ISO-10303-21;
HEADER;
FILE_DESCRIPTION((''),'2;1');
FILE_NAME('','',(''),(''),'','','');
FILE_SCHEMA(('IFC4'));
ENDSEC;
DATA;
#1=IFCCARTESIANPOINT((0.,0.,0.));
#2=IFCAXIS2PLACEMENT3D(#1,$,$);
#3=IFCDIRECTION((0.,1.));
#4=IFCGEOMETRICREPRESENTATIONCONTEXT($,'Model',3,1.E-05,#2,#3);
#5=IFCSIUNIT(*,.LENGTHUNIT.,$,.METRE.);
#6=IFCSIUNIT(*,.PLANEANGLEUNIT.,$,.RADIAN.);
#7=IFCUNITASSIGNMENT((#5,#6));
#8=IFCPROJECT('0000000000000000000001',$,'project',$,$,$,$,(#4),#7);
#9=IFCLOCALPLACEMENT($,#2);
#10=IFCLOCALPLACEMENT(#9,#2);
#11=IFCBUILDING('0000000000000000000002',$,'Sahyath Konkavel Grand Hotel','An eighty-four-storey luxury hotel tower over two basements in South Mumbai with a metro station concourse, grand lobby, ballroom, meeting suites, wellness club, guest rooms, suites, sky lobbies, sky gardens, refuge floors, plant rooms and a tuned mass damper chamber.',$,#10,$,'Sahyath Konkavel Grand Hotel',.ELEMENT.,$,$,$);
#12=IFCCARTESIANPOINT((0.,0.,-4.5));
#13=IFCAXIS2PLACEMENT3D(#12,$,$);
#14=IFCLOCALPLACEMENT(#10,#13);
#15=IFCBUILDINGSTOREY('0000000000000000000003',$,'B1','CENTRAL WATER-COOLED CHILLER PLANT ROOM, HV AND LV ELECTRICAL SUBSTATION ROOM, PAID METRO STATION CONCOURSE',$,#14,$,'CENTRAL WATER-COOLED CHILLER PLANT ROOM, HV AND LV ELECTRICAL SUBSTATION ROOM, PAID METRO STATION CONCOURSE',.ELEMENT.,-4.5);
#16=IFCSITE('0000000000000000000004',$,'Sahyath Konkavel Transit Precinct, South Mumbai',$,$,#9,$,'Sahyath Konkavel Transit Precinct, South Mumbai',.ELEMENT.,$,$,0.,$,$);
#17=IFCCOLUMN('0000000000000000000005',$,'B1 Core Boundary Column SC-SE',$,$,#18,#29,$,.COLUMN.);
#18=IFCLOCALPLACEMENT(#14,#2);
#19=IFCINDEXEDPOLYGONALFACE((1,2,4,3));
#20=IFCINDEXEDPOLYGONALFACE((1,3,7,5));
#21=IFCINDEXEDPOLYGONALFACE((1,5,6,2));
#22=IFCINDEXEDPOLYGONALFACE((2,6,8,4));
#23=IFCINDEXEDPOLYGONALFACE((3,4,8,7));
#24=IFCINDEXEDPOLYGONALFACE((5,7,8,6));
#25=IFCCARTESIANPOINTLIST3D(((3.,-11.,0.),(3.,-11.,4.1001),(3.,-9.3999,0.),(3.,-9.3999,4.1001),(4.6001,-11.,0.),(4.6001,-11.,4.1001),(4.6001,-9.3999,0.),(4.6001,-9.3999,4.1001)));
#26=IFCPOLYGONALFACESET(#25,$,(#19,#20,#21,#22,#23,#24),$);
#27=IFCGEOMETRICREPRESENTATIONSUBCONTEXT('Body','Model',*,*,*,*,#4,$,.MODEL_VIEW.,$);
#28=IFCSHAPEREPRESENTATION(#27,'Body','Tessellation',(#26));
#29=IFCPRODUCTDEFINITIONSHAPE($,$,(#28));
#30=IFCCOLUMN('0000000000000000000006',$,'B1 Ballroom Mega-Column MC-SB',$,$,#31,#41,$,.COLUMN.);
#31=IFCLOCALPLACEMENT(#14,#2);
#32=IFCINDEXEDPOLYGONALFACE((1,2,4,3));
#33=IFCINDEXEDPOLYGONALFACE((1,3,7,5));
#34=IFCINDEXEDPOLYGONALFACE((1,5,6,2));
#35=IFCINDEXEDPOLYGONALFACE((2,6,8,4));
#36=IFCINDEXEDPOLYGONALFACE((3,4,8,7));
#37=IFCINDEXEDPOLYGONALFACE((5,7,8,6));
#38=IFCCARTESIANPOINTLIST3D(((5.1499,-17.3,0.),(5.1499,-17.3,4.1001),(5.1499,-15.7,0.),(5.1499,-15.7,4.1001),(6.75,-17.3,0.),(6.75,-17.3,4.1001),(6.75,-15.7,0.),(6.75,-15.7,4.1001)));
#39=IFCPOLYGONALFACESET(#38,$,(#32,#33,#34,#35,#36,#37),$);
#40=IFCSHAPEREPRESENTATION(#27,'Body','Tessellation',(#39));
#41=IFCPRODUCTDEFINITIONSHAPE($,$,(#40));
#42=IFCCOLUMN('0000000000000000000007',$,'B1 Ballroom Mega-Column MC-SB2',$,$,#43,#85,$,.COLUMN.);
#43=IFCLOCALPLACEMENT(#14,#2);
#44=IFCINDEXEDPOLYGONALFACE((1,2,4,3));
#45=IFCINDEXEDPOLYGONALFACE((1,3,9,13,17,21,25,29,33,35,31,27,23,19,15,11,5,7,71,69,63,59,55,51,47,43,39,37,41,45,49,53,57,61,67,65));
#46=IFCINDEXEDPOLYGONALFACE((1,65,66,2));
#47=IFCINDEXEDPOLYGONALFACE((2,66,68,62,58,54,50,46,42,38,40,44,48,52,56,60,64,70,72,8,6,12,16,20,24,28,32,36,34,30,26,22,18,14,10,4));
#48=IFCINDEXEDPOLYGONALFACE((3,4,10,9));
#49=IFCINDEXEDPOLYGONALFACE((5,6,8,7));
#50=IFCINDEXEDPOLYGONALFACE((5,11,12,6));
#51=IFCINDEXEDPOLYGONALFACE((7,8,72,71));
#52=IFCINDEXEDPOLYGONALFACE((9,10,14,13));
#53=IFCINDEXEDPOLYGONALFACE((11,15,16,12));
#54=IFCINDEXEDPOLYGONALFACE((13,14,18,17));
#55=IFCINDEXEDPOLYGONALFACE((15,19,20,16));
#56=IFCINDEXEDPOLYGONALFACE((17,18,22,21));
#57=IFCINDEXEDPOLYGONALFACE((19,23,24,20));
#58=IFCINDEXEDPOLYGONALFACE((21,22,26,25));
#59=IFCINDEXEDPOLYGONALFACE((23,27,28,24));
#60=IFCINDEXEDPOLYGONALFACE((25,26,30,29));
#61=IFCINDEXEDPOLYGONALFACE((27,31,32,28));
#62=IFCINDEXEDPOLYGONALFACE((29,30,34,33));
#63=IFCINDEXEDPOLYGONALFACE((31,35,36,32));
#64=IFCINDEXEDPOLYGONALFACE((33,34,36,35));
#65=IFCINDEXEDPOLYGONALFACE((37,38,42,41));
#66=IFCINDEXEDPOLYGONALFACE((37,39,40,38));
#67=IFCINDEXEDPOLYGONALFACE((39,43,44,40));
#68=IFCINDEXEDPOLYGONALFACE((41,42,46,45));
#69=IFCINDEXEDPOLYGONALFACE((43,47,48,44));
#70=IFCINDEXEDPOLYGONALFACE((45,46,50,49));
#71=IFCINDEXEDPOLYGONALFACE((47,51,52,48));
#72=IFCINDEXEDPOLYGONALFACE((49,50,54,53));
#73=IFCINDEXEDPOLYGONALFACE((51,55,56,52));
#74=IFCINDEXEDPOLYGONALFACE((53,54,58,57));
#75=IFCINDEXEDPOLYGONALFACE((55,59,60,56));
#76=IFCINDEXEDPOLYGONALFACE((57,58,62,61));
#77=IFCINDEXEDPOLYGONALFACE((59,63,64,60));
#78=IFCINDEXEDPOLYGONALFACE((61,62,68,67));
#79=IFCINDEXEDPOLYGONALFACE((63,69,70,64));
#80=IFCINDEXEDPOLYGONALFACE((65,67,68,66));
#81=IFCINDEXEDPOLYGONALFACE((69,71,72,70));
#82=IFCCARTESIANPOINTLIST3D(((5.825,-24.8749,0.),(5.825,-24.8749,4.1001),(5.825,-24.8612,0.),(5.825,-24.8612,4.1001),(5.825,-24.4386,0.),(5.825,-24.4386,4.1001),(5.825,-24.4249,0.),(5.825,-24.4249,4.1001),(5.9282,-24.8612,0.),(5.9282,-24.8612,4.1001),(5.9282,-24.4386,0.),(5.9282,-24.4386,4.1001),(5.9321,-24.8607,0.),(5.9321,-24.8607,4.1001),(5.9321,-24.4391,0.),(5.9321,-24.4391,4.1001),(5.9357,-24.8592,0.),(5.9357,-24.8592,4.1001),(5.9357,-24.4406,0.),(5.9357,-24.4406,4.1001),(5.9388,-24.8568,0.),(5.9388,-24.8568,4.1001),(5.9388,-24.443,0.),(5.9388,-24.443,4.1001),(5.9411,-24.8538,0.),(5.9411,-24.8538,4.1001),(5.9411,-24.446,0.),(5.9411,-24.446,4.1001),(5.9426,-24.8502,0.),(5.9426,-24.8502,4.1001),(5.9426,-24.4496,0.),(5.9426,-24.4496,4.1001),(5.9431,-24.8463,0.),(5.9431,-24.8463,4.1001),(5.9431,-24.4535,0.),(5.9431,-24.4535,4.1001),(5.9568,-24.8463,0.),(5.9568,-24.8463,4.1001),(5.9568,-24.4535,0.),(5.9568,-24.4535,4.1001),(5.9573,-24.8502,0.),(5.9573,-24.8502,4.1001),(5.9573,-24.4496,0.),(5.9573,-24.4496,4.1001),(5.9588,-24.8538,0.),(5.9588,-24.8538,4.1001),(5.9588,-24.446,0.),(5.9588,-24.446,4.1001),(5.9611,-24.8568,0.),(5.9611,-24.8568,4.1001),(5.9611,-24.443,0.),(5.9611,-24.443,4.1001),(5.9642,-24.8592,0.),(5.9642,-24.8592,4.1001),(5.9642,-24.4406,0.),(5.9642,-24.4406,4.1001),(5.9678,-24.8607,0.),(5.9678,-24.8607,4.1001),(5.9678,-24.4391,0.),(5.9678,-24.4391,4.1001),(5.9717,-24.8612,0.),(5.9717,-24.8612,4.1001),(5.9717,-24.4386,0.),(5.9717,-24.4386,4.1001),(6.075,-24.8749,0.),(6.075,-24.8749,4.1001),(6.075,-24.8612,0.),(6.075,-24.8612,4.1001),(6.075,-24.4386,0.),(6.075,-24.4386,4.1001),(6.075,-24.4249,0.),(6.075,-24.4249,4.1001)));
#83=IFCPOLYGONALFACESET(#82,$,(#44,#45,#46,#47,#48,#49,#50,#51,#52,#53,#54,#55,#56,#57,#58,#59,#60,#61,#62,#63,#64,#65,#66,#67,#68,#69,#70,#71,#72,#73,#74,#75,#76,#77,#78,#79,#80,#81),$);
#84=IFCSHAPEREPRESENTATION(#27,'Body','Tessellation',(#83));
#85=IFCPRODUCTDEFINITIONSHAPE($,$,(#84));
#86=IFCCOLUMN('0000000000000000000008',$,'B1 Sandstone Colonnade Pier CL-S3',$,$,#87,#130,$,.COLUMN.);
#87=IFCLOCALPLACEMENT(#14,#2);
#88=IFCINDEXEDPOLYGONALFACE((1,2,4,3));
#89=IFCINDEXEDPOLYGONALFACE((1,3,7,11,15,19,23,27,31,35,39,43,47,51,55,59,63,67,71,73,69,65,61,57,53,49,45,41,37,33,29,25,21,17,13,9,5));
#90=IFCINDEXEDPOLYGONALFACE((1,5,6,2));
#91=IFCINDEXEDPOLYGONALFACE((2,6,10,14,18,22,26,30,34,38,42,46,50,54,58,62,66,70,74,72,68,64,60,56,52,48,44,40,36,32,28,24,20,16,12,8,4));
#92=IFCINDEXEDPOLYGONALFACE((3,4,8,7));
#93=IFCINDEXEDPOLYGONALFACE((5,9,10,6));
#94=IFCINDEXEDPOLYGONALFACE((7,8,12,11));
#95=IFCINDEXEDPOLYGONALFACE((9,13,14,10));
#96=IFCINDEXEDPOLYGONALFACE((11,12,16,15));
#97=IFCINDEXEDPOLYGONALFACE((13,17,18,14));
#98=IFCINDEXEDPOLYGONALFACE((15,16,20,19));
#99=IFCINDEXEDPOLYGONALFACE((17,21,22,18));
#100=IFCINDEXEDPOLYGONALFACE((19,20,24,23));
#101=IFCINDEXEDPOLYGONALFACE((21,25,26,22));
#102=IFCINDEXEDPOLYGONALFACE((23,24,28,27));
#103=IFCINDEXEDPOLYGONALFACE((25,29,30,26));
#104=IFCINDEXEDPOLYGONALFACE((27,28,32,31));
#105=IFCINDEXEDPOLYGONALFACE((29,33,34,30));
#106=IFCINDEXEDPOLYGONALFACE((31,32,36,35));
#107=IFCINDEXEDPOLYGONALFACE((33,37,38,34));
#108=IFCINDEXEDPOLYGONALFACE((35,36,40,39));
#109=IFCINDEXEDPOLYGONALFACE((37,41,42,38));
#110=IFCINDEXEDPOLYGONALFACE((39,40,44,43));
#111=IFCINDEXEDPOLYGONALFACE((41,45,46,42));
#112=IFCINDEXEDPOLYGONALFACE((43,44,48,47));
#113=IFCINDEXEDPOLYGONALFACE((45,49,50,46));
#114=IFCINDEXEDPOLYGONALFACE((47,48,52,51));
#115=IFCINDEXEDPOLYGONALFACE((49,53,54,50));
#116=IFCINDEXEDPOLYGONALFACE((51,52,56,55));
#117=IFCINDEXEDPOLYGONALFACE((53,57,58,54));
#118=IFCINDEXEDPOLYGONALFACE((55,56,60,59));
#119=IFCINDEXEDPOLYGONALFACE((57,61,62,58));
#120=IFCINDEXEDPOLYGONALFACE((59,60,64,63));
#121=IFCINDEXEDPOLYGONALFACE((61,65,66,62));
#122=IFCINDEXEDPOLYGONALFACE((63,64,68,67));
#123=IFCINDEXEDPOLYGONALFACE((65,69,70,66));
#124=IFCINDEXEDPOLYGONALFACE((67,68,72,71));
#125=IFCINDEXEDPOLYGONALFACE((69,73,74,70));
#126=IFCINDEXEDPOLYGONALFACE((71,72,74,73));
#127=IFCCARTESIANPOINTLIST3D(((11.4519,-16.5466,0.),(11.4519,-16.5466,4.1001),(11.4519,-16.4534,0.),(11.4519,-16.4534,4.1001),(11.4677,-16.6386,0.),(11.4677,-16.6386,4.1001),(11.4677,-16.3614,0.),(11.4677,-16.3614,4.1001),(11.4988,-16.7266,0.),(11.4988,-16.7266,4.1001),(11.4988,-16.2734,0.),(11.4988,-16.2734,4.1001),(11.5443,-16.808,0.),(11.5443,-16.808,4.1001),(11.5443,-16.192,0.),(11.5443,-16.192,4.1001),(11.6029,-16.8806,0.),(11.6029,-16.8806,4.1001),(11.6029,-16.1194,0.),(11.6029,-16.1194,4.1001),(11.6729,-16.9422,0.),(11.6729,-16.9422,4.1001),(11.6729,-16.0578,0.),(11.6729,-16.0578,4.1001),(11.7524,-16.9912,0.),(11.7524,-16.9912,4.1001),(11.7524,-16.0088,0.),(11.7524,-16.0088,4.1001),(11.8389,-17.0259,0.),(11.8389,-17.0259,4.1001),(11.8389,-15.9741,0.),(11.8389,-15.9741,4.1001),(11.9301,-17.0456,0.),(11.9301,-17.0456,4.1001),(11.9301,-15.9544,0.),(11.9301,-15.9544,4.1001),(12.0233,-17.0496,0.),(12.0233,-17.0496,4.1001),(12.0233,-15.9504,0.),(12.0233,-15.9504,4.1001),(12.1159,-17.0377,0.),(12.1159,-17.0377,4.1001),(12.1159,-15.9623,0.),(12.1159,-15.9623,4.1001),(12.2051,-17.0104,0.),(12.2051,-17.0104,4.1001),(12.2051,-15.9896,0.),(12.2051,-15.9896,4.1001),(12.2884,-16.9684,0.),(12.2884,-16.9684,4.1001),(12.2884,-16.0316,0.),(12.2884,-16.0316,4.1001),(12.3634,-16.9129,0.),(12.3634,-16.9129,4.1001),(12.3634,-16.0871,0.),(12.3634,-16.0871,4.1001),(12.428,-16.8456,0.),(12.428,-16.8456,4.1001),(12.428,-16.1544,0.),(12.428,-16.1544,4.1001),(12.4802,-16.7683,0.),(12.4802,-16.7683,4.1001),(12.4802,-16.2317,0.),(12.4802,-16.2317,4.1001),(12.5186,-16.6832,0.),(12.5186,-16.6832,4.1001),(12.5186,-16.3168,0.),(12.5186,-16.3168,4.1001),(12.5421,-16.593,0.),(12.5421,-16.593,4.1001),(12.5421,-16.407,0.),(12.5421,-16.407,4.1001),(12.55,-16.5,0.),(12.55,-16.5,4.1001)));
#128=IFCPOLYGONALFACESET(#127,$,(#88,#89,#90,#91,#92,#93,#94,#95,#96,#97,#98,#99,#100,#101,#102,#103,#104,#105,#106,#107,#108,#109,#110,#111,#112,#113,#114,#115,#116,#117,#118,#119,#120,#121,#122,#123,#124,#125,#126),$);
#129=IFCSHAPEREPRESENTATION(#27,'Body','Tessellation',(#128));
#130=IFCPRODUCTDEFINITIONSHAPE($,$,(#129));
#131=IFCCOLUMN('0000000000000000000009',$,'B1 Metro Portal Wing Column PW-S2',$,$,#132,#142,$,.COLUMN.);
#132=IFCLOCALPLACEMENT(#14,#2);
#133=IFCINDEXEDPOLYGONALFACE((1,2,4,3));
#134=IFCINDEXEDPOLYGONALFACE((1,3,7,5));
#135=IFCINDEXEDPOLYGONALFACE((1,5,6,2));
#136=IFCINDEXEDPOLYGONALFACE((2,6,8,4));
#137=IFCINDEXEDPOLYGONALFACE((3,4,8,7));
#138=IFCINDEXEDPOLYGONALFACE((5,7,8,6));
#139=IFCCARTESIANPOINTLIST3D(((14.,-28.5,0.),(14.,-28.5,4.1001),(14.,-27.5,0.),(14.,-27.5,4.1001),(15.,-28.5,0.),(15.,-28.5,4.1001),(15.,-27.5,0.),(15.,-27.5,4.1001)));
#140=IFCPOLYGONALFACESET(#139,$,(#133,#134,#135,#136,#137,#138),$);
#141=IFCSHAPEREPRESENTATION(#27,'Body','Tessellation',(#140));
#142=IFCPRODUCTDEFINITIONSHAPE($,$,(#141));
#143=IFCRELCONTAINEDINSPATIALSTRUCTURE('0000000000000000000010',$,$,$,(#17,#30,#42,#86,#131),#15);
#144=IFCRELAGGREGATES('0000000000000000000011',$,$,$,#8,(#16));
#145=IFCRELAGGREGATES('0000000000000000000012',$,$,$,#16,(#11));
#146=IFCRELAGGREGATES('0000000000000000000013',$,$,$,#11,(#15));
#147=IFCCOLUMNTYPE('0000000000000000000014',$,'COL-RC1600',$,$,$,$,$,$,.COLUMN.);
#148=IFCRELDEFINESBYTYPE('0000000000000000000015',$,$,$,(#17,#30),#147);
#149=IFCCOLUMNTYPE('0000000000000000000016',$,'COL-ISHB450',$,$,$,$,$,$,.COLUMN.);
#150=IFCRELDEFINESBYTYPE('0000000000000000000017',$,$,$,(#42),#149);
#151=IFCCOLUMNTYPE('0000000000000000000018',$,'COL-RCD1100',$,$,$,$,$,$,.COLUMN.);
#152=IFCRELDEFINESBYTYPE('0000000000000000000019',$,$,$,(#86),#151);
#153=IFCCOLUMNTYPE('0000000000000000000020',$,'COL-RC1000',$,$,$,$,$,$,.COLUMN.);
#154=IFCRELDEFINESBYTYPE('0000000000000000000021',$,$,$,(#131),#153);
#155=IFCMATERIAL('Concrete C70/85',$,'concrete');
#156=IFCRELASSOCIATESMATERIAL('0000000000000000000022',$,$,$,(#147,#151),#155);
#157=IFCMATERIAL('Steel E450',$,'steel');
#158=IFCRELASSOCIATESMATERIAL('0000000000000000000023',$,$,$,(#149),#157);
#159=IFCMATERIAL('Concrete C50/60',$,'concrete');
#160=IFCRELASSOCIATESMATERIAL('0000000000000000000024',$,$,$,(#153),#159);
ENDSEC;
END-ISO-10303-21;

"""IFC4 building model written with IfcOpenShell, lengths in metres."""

from ifc_helpers import new_model, si_unit, direction, frame, origin, origin_2d, place, context, subcontext, project, spatial, rectangle, circle, i_section, extrude, source, transform, mapped, material, material_profile, profile_set, type_object, element, save


model = new_model("IFC4")

# Units and contexts
model_context = context("Model", 3, precision=1e-05, world=origin(), true_north=direction((0.0, 1.0)))
body_context = subcontext(model_context, "Body", "Model", "MODEL_VIEW")
ifc_project = project(units=[si_unit("LENGTHUNIT", "METRE"), si_unit("PLANEANGLEUNIT", "RADIAN")], contexts=[model_context])

# Site, building, storey
site_placement = place(None, origin())
site = spatial("IfcSite", under=ifc_project, at=site_placement, Name="Sahyath Konkavel Transit Precinct, South Mumbai", LongName="Sahyath Konkavel Transit Precinct, South Mumbai", CompositionType="ELEMENT", RefElevation=0.0)
building_placement = place(site_placement, origin())
building = spatial("IfcBuilding", under=site, at=building_placement, Name="Sahyath Konkavel Grand Hotel", Description="An eighty-four-storey luxury hotel tower over two basements in South Mumbai with a metro station concourse, grand lobby, ballroom, meeting suites, wellness club, guest rooms, suites, sky lobbies, sky gardens, refuge floors, plant rooms and a tuned mass damper chamber.", LongName="Sahyath Konkavel Grand Hotel", CompositionType="ELEMENT")
storey_placement = place(building_placement, frame((0.0, 0.0, -4.5)))
storey = spatial("IfcBuildingStorey", under=building, at=storey_placement, Name="B1", Description="CENTRAL WATER-COOLED CHILLER PLANT ROOM, HV AND LV ELECTRICAL SUBSTATION ROOM, PAID METRO STATION CONCOURSE", LongName="CENTRAL WATER-COOLED CHILLER PLANT ROOM, HV AND LV ELECTRICAL SUBSTATION ROOM, PAID METRO STATION CONCOURSE", CompositionType="ELEMENT", Elevation=-4.5)

# Columns
ifc_material_1 = material(Name="Concrete C70/85", Category="concrete")
ifc_material_profile_1 = material_profile(ifc_material_1, rectangle(XDim=1.6001, YDim=1.6001, at=origin_2d()), Name="RC 1600x1600")
ifc_profile_set_1 = profile_set([ifc_material_profile_1], Name="Concrete C70/85")
column_type_1 = type_object("IfcColumnType", Name="COL-RC1600", PredefinedType="COLUMN", material=ifc_profile_set_1)
shared_shape_1 = source(origin(), body_context, "Body", "SweptSolid", [
    extrude(rectangle(XDim=1.6001, YDim=1.6001, at=origin_2d()), origin(), (0.0, 0.0, 1.0), 4.1001),
])
for number, where, z_axis, x_axis, name in (
    (1, (3.8, -10.2, 0.0), (0.0, 0.0, 1.0), (1.0, 0.0, 0.0), "B1 Core Boundary Column SC-SE"),
    (2, (5.95, -16.5, 0.0), (0.0, 0.0, 1.0), (1.0, 0.0, 0.0), "B1 Ballroom Mega-Column MC-SB"),
):
    element("IfcColumn", number, at=place(storey_placement, frame(where, z_axis=z_axis, x_axis=x_axis)), inside=storey, type_object=column_type_1, Name=name, PredefinedType="COLUMN", context=body_context, shape_type="MappedRepresentation", body=[
        mapped(shared_shape_1, transform((0.0, 0.0, 0.0), scale=1.0)),
    ])
ifc_material_2 = material(Name="Steel E450", Category="steel")
ifc_material_profile_2 = material_profile(ifc_material_2, i_section(OverallWidth=0.25, OverallDepth=0.45, WebThickness=0.0137, FlangeThickness=0.0137, FilletRadius=0.0149, at=origin_2d()), Name="ISHB 450")
ifc_profile_set_2 = profile_set([ifc_material_profile_2], Name="Steel E450")
column_type_2 = type_object("IfcColumnType", Name="COL-ISHB450", PredefinedType="COLUMN", material=ifc_profile_set_2)
shared_shape_2 = source(origin(), body_context, "Body", "SweptSolid", [
    extrude(i_section(OverallWidth=0.25, OverallDepth=0.45, WebThickness=0.0137, FlangeThickness=0.0137, FilletRadius=0.0149, at=origin_2d()), origin(), (0.0, 0.0, 1.0), 4.1001),
])
column_1_placement = place(storey_placement, frame((5.95, -24.6499, 0.0), z_axis=(0.0, 0.0, 1.0), x_axis=(1.0, 0.0, 0.0)))
element("IfcColumn", 3, at=column_1_placement, inside=storey, type_object=column_type_2, Name="B1 Ballroom Mega-Column MC-SB2", PredefinedType="COLUMN", context=body_context, shape_type="MappedRepresentation", body=[
    mapped(shared_shape_2, transform((0.0, 0.0, 0.0), scale=1.0)),
])
ifc_material_profile_3 = material_profile(ifc_material_1, circle(Radius=0.55, at=origin_2d()), Name="RC D1100")
ifc_profile_set_3 = profile_set([ifc_material_profile_3], Name="Concrete C70/85")
column_type_3 = type_object("IfcColumnType", Name="COL-RCD1100", PredefinedType="COLUMN", material=ifc_profile_set_3)
shared_shape_3 = source(origin(), body_context, "Body", "SweptSolid", [
    extrude(circle(Radius=0.55, at=origin_2d()), origin(), (0.0, 0.0, 1.0), 4.1001),
])
column_2_placement = place(storey_placement, frame((12.0, -16.5, 0.0), z_axis=(0.0, 0.0, 1.0), x_axis=(1.0, 0.0, 0.0)))
element("IfcColumn", 4, at=column_2_placement, inside=storey, type_object=column_type_3, Name="B1 Sandstone Colonnade Pier CL-S3", PredefinedType="COLUMN", context=body_context, shape_type="MappedRepresentation", body=[
    mapped(shared_shape_3, transform((0.0, 0.0, 0.0), scale=1.0)),
])
ifc_material_3 = material(Name="Concrete C50/60", Category="concrete")
ifc_material_profile_4 = material_profile(ifc_material_3, rectangle(XDim=1.0, YDim=1.0, at=origin_2d()), Name="RC 1000x1000")
ifc_profile_set_4 = profile_set([ifc_material_profile_4], Name="Concrete C50/60")
column_type_4 = type_object("IfcColumnType", Name="COL-RC1000", PredefinedType="COLUMN", material=ifc_profile_set_4)
shared_shape_4 = source(origin(), body_context, "Body", "SweptSolid", [
    extrude(rectangle(XDim=1.0, YDim=1.0, at=origin_2d()), origin(), (0.0, 0.0, 1.0), 4.1001),
])
column_3_placement = place(storey_placement, frame((14.5, -28.0, 0.0), z_axis=(0.0, 0.0, 1.0), x_axis=(1.0, 0.0, 0.0)))
element("IfcColumn", 5, at=column_3_placement, inside=storey, type_object=column_type_4, Name="B1 Metro Portal Wing Column PW-S2", PredefinedType="COLUMN", context=body_context, shape_type="MappedRepresentation", body=[
    mapped(shared_shape_4, transform((0.0, 0.0, 0.0), scale=1.0)),
])

save(model, "model.ifc")
